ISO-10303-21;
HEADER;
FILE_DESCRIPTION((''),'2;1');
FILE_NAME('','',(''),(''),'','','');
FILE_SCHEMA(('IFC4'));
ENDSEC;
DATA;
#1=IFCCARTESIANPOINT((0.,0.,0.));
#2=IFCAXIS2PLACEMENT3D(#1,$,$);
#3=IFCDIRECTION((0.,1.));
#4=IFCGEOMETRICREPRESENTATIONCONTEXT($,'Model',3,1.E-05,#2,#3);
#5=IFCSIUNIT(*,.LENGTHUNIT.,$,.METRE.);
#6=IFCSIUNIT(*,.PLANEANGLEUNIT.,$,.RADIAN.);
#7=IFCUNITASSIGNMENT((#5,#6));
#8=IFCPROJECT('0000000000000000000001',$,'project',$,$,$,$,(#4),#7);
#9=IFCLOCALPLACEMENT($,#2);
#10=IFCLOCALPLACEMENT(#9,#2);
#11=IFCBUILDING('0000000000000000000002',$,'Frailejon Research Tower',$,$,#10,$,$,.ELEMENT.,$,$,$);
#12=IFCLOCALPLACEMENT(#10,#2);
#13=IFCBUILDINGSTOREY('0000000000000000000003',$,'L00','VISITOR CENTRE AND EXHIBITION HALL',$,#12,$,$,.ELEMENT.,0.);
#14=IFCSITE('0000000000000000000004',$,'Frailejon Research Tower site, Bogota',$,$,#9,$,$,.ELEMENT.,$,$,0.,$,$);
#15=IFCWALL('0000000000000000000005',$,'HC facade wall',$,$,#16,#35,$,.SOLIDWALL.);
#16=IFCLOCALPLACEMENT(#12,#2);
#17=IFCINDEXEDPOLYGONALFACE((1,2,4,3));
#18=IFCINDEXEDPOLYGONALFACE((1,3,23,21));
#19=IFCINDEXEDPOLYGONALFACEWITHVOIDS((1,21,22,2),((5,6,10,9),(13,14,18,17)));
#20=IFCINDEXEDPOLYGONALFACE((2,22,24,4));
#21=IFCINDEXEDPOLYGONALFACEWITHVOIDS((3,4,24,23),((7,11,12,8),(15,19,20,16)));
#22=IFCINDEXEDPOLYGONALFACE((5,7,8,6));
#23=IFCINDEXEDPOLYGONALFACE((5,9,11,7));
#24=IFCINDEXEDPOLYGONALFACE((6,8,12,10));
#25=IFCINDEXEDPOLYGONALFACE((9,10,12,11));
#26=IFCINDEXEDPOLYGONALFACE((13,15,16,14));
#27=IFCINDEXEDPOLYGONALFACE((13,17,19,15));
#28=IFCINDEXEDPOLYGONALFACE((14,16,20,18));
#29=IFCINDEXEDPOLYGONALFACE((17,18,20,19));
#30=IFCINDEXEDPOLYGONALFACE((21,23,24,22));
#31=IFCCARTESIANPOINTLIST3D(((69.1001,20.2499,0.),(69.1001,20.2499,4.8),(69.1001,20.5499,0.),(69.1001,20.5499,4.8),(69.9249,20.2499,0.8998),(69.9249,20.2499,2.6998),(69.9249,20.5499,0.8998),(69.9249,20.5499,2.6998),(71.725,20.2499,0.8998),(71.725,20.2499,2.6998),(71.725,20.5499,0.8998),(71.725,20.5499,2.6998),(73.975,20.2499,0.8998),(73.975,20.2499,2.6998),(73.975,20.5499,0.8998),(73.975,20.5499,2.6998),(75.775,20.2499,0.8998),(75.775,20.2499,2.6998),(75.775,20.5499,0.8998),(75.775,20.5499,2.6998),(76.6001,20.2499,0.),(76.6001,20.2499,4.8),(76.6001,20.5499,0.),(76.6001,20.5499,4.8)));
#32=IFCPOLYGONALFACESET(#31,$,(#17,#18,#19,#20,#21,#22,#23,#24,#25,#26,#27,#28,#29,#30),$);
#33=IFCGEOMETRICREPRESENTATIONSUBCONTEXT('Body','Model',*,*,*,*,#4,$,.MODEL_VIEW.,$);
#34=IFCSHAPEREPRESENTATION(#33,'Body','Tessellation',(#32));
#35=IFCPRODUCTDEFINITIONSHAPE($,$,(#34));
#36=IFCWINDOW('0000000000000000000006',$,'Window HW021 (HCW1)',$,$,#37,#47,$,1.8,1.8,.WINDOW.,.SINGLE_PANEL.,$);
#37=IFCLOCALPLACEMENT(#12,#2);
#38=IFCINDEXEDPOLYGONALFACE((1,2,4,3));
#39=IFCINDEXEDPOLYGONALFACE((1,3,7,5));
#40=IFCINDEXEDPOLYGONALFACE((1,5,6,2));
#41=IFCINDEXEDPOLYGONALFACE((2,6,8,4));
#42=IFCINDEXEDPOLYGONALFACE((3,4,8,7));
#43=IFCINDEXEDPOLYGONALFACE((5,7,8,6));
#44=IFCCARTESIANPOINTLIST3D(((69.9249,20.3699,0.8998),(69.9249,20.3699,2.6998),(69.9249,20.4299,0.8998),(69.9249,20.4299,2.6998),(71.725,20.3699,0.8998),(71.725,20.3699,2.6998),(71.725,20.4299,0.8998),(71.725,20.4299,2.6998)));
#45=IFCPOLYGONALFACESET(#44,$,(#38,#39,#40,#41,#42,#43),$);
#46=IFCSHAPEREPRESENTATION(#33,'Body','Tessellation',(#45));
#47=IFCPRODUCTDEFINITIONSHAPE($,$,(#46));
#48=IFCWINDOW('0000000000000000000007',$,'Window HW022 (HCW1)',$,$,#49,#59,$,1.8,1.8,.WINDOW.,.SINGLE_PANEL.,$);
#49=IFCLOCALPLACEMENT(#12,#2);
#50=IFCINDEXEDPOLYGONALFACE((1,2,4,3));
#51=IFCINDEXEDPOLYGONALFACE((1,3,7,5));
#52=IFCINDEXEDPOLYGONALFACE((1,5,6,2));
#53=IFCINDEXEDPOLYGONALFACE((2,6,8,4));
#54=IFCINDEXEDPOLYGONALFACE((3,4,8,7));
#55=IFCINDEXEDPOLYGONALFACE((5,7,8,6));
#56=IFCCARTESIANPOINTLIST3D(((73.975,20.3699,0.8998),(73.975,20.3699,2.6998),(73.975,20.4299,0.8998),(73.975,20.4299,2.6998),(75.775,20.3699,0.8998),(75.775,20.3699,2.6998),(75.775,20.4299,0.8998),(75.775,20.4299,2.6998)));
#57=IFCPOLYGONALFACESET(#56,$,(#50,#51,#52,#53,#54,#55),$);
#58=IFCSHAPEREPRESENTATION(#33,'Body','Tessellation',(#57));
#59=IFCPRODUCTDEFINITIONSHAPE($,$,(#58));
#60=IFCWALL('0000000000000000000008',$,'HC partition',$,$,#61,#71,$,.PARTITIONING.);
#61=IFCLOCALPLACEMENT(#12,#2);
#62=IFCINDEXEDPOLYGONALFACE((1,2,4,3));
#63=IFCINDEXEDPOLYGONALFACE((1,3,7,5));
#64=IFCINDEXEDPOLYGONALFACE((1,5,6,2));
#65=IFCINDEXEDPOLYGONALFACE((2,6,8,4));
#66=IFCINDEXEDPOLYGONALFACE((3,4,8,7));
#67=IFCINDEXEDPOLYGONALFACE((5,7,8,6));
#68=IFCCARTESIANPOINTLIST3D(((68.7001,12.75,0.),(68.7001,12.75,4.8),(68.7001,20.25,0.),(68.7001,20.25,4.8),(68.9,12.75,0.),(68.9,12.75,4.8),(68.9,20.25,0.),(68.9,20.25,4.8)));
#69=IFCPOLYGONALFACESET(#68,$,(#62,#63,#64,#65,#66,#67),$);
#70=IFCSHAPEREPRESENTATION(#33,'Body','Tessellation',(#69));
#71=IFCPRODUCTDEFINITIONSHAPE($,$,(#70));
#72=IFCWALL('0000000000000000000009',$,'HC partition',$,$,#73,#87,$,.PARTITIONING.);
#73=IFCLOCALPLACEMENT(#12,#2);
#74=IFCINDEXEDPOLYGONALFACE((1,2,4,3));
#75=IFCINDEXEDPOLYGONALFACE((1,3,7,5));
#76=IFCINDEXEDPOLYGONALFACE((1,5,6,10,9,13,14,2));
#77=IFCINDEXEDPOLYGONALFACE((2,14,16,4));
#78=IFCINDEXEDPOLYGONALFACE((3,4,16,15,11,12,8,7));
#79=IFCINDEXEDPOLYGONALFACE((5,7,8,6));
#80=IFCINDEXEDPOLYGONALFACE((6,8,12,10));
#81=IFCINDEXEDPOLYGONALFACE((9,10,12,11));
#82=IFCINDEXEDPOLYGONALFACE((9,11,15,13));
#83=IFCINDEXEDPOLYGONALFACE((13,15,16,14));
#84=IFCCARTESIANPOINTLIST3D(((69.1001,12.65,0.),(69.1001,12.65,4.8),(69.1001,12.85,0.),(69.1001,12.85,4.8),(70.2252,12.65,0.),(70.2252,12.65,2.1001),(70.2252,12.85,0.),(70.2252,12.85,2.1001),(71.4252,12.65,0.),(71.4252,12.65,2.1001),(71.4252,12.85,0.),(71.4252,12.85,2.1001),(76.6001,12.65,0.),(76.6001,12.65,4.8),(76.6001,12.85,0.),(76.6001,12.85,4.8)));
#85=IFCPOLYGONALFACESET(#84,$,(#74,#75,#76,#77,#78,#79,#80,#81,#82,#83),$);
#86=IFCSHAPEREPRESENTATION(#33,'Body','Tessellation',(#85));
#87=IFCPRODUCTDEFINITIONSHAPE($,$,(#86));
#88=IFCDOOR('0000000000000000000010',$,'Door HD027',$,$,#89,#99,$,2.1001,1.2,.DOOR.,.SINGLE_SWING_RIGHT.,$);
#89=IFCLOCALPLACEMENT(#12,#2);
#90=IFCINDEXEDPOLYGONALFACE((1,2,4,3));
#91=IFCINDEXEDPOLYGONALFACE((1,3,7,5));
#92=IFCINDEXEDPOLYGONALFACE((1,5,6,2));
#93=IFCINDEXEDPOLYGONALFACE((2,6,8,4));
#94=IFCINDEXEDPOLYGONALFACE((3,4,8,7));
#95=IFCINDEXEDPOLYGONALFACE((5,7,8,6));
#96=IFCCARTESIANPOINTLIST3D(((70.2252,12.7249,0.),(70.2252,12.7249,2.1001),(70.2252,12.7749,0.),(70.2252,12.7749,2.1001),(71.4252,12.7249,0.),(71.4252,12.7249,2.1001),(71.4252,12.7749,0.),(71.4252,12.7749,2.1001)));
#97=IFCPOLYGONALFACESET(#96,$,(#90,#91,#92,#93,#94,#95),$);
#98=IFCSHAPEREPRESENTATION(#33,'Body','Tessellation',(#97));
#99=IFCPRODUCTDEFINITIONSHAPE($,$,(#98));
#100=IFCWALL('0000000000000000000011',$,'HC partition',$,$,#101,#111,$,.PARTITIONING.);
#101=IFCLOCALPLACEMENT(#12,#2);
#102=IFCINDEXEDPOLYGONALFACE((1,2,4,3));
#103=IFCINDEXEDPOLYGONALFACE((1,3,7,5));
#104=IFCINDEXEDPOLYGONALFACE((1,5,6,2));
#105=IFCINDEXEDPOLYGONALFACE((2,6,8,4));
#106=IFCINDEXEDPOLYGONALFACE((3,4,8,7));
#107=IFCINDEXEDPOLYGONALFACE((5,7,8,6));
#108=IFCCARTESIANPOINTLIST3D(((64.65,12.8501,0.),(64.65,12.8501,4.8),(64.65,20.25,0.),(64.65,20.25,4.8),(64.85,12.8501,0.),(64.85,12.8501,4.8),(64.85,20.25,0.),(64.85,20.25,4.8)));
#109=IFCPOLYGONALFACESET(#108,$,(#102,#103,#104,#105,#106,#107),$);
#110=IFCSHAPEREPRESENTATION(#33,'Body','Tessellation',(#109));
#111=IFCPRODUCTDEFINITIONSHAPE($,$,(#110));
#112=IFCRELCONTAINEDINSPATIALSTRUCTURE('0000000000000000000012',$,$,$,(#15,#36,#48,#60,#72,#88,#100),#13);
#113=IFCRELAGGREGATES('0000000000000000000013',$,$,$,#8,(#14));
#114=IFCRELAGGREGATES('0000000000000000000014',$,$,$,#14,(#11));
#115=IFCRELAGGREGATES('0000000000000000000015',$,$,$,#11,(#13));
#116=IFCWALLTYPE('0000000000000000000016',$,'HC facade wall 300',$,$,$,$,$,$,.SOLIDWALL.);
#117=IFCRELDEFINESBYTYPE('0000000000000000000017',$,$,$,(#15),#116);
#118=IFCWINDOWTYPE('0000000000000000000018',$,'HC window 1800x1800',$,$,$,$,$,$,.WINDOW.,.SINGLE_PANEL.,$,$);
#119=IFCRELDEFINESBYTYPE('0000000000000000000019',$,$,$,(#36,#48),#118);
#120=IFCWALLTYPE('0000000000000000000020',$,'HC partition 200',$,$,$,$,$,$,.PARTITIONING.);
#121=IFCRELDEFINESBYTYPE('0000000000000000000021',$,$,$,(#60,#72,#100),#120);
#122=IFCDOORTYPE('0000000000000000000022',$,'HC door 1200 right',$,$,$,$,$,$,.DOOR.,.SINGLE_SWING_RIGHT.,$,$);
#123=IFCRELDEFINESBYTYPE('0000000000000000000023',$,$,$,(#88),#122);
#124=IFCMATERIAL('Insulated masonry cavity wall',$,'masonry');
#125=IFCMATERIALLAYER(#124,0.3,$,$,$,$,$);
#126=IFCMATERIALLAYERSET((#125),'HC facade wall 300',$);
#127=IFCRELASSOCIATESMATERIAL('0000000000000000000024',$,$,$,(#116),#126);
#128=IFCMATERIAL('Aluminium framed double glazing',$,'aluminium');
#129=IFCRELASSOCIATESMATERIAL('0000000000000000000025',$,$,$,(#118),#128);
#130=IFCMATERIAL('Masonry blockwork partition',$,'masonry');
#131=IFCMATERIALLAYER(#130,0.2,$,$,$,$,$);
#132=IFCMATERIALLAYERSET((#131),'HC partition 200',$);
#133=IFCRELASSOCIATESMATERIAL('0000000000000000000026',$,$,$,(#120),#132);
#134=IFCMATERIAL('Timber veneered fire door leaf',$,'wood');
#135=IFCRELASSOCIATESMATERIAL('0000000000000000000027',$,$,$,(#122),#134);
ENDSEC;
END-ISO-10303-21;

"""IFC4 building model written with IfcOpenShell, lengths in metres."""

from ifc_helpers import new_model, si_unit, direction, frame, frame_2d, origin, place, context, subcontext, project, spatial, rectangle, extrude, material, layer, layer_set, type_object, element, fill, save


model = new_model("IFC4")

# Units and contexts
model_context = context("Model", 3, precision=1e-05, world=origin(), true_north=direction((0.0, 1.0)))
body_context = subcontext(model_context, "Body", "Model", "MODEL_VIEW")
ifc_project = project(units=[si_unit("LENGTHUNIT", "METRE"), si_unit("PLANEANGLEUNIT", "RADIAN")], contexts=[model_context])

# Site, building, storey
site_placement = place(None, origin())
site = spatial("IfcSite", under=ifc_project, at=site_placement, Name="Frailejon Research Tower site, Bogota", CompositionType="ELEMENT", RefElevation=0.0)
building_placement = place(site_placement, origin())
building = spatial("IfcBuilding", under=site, at=building_placement, Name="Frailejon Research Tower", CompositionType="ELEMENT")
storey_placement = place(building_placement, origin())
storey = spatial("IfcBuildingStorey", under=building, at=storey_placement, Name="L00", Description="VISITOR CENTRE AND EXHIBITION HALL", CompositionType="ELEMENT", Elevation=0.0)

# Wall, openings, windows
ifc_material_1 = material(Name="Insulated masonry cavity wall", Category="masonry")
ifc_layer_1 = layer(ifc_material_1, 0.3)
ifc_layer_set_1 = layer_set([ifc_layer_1], Name="HC facade wall 300")
wall_type_1 = type_object("IfcWallType", Name="HC facade wall 300", PredefinedType="SOLIDWALL", material=ifc_layer_set_1)
wall_1_placement = place(storey_placement, frame((69.1001, 20.3999, 0.0), z_axis=(0.0, 0.0, 1.0), x_axis=(1.0, 0.0, 0.0)))
wall_1 = element("IfcWall", 1, at=wall_1_placement, inside=storey, type_object=wall_type_1, Name="HC facade wall", PredefinedType="SOLIDWALL", context=body_context, shape_type="SweptSolid", body=[
    extrude(rectangle(XDim=7.5, YDim=0.3, at=frame_2d((3.75, 0.0))), origin(), (0.0, 0.0, 1.0), 4.8),
])
opening_1_placement = place(wall_1_placement, frame((0.825, 0.0, 0.8999)))
opening_1 = element("IfcOpeningElement", 2, at=opening_1_placement, cuts=wall_1, PredefinedType="OPENING", context=body_context, shape_type="SweptSolid", body=[
    extrude(rectangle(XDim=1.8, YDim=1.8, at=frame_2d((0.8999, 0.8999))), frame((0.0, 0.1599, 0.0), z_axis=(0.0, -1.0, 0.0), x_axis=(1.0, 0.0, 0.0)), (0.0, 0.0, 1.0), 0.3201),
])
opening_2_placement = place(wall_1_placement, frame((4.875, 0.0, 0.8999)))
opening_2 = element("IfcOpeningElement", 3, at=opening_2_placement, cuts=wall_1, PredefinedType="OPENING", context=body_context, shape_type="SweptSolid", body=[
    extrude(rectangle(XDim=1.8, YDim=1.8, at=frame_2d((0.8999, 0.8999))), frame((0.0, 0.1599, 0.0), z_axis=(0.0, -1.0, 0.0), x_axis=(1.0, 0.0, 0.0)), (0.0, 0.0, 1.0), 0.3201),
])
ifc_material_2 = material(Name="Aluminium framed double glazing", Category="aluminium")
window_type = type_object("IfcWindowType", Name="HC window 1800x1800", PartitioningType="SINGLE_PANEL", PredefinedType="WINDOW", material=ifc_material_2)
window_1_placement = place(opening_1_placement, origin())
window_1 = element("IfcWindow", 4, at=window_1_placement, inside=storey, type_object=window_type, Name="Window HW021 (HCW1)", OverallHeight=1.8, OverallWidth=1.8, PartitioningType="SINGLE_PANEL", PredefinedType="WINDOW", context=body_context, shape_type="SweptSolid", body=[
    extrude(rectangle(XDim=1.8, YDim=1.8, at=frame_2d((0.8999, 0.8999))), frame((0.0, 0.03, 0.0), z_axis=(0.0, -1.0, 0.0), x_axis=(1.0, 0.0, 0.0)), (0.0, 0.0, 1.0), 0.0601),
])
fill(opening_1, window_1)
window_2_placement = place(opening_2_placement, origin())
window_2 = element("IfcWindow", 5, at=window_2_placement, inside=storey, type_object=window_type, Name="Window HW022 (HCW1)", OverallHeight=1.8, OverallWidth=1.8, PartitioningType="SINGLE_PANEL", PredefinedType="WINDOW", context=body_context, shape_type="SweptSolid", body=[
    extrude(rectangle(XDim=1.8, YDim=1.8, at=frame_2d((0.8999, 0.8999))), frame((0.0, 0.03, 0.0), z_axis=(0.0, -1.0, 0.0), x_axis=(1.0, 0.0, 0.0)), (0.0, 0.0, 1.0), 0.0601),
])
fill(opening_2, window_2)

# Wall
ifc_material_3 = material(Name="Masonry blockwork partition", Category="masonry")
ifc_layer_2 = layer(ifc_material_3, 0.2)
ifc_layer_set_2 = layer_set([ifc_layer_2], Name="HC partition 200")
wall_type_2 = type_object("IfcWallType", Name="HC partition 200", PredefinedType="PARTITIONING", material=ifc_layer_set_2)
wall_2_placement = place(storey_placement, frame((68.8, 12.75, 0.0), z_axis=(0.0, 0.0, 1.0), x_axis=(0.0, 1.0, 0.0)))
element("IfcWall", 6, at=wall_2_placement, inside=storey, type_object=wall_type_2, Name="HC partition", PredefinedType="PARTITIONING", context=body_context, shape_type="SweptSolid", body=[
    extrude(rectangle(XDim=7.5, YDim=0.2, at=frame_2d((3.75, 0.0))), origin(), (0.0, 0.0, 1.0), 4.8),
])

# Wall, opening, door
wall_3_placement = place(storey_placement, frame((69.1001, 12.75, 0.0), z_axis=(0.0, 0.0, 1.0), x_axis=(1.0, 0.0, 0.0)))
wall_3 = element("IfcWall", 7, at=wall_3_placement, inside=storey, type_object=wall_type_2, Name="HC partition", PredefinedType="PARTITIONING", context=body_context, shape_type="SweptSolid", body=[
    extrude(rectangle(XDim=7.5, YDim=0.2, at=frame_2d((3.75, 0.0))), origin(), (0.0, 0.0, 1.0), 4.8),
])
opening_3_placement = place(wall_3_placement, frame((1.125, 0.0, 0.0)))
opening_3 = element("IfcOpeningElement", 8, at=opening_3_placement, cuts=wall_3, PredefinedType="OPENING", context=body_context, shape_type="SweptSolid", body=[
    extrude(rectangle(XDim=1.2, YDim=2.1001, at=frame_2d((0.6001, 1.05))), frame((0.0, 0.1099, 0.0), z_axis=(0.0, -1.0, 0.0), x_axis=(1.0, 0.0, 0.0)), (0.0, 0.0, 1.0), 0.22),
])
ifc_material_4 = material(Name="Timber veneered fire door leaf", Category="wood")
door_type = type_object("IfcDoorType", Name="HC door 1200 right", OperationType="SINGLE_SWING_RIGHT", PredefinedType="DOOR", material=ifc_material_4)
door_placement = place(opening_3_placement, origin())
door = element("IfcDoor", 9, at=door_placement, inside=storey, type_object=door_type, Name="Door HD027", OperationType="SINGLE_SWING_RIGHT", OverallHeight=2.1001, OverallWidth=1.2, PredefinedType="DOOR", context=body_context, shape_type="SweptSolid", body=[
    extrude(rectangle(XDim=1.2, YDim=2.1001, at=frame_2d((0.6001, 1.05))), frame((0.0, 0.0249, 0.0), z_axis=(0.0, -1.0, 0.0), x_axis=(1.0, 0.0, 0.0)), (0.0, 0.0, 1.0), 0.05),
])
fill(opening_3, door)

# Wall
wall_4_placement = place(storey_placement, frame((64.75, 12.8501, 0.0), z_axis=(0.0, 0.0, 1.0), x_axis=(0.0, 1.0, 0.0)))
element("IfcWall", 10, at=wall_4_placement, inside=storey, type_object=wall_type_2, Name="HC partition", PredefinedType="PARTITIONING", context=body_context, shape_type="SweptSolid", body=[
    extrude(rectangle(XDim=7.3999, YDim=0.2, at=frame_2d((3.7, 0.0))), origin(), (0.0, 0.0, 1.0), 4.8),
])

save(model, "model.ifc")
